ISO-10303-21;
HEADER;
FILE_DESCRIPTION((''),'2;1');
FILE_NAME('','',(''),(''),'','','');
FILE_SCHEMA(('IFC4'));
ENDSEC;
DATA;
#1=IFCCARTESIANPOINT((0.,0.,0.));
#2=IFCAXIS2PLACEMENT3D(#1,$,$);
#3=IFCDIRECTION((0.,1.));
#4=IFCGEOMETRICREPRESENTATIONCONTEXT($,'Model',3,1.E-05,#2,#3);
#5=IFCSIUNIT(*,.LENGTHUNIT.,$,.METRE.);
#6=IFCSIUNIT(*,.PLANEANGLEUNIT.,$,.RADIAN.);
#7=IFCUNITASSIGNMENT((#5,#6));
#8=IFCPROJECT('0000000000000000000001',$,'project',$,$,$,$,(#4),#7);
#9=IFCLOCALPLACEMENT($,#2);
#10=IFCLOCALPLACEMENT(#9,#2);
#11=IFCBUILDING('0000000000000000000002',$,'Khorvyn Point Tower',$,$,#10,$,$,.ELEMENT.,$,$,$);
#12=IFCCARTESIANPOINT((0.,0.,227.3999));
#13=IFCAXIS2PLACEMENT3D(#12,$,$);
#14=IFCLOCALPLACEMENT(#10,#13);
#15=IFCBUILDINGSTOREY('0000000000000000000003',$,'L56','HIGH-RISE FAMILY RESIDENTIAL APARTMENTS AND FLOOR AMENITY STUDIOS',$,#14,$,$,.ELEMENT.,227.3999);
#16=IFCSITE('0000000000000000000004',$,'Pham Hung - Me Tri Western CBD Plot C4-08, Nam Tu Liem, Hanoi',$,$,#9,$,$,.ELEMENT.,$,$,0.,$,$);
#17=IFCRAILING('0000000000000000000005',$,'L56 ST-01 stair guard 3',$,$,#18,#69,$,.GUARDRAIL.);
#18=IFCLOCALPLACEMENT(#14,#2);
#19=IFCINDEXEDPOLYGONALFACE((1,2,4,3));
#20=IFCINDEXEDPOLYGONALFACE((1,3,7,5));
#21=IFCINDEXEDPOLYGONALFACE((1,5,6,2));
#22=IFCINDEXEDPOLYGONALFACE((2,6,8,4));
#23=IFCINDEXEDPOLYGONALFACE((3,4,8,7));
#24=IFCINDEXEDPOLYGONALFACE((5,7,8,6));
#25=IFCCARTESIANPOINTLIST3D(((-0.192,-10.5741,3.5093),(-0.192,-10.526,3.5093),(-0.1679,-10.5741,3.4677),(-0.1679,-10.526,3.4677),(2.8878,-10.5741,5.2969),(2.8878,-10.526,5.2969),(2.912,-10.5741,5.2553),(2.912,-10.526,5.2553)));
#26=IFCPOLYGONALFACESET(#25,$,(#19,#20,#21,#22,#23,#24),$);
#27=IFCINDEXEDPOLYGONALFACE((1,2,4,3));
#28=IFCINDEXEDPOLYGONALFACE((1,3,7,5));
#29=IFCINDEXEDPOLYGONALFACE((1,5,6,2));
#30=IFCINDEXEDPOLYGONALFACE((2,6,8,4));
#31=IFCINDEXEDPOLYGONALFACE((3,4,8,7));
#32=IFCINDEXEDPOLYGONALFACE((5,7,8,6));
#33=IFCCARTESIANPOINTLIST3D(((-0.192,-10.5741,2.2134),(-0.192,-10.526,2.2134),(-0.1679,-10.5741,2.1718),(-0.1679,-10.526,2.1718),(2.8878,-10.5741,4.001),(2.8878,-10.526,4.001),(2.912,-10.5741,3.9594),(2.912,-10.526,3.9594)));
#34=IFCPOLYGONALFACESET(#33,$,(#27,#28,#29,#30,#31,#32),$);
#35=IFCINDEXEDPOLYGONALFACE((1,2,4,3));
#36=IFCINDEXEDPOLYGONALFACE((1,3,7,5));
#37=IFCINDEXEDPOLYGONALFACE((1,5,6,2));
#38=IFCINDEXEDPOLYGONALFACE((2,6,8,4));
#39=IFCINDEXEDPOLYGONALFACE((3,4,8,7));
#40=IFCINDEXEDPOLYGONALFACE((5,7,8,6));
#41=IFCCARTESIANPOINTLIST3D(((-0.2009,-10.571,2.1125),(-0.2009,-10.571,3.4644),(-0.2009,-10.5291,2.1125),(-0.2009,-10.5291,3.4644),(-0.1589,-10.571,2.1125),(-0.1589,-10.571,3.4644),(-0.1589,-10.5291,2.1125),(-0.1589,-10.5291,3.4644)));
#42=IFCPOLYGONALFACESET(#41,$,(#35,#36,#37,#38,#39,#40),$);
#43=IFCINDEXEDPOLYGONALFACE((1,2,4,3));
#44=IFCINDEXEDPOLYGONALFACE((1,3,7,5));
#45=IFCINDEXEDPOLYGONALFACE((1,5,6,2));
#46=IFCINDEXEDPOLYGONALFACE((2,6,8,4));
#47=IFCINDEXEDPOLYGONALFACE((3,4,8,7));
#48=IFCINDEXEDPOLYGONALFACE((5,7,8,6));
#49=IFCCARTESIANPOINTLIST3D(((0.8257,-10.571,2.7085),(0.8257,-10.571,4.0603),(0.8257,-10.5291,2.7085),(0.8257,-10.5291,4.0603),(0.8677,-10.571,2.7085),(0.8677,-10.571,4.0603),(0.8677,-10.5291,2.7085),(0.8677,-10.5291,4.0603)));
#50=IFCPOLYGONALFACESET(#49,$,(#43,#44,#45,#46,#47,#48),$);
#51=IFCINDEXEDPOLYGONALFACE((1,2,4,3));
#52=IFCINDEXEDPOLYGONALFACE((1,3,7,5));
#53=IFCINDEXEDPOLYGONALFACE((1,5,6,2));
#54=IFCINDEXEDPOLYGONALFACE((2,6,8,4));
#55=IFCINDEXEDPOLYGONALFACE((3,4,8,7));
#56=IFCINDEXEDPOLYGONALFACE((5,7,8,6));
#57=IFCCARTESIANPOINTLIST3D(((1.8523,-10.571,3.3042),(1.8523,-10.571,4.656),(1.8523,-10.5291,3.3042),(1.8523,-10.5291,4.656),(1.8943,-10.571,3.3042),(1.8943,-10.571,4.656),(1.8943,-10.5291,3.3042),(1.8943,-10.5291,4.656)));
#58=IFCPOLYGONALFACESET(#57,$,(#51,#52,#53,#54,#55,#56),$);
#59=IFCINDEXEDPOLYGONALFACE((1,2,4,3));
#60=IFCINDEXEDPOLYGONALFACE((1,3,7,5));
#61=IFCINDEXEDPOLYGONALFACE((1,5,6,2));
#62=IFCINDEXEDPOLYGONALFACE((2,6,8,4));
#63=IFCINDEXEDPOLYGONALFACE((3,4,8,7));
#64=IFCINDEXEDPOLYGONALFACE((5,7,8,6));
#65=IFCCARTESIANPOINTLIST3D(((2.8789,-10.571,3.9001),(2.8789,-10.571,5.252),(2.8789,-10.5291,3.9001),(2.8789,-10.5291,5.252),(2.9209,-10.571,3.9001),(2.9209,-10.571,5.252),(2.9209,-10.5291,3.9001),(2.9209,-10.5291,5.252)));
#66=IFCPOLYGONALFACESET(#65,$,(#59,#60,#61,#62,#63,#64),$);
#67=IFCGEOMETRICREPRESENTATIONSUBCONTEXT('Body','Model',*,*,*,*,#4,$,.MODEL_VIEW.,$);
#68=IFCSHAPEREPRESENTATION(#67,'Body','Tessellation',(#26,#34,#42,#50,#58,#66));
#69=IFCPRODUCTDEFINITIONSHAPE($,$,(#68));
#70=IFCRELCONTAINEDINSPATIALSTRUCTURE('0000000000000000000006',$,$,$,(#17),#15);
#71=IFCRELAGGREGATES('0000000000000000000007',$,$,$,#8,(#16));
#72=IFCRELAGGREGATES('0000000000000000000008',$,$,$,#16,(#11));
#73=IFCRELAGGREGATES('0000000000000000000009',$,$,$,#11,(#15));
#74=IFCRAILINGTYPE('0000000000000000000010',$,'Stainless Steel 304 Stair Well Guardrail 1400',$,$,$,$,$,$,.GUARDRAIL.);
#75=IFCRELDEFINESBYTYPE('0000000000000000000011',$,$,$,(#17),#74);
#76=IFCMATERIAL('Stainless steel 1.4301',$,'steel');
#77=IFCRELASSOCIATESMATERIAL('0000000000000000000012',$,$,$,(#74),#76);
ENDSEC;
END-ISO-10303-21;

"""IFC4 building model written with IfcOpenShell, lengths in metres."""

from ifc_helpers import new_model, si_unit, direction, frame, origin, origin_2d, place, context, subcontext, project, spatial, rectangle, extrude, material, type_object, element, save


model = new_model("IFC4")

# Units and contexts
model_context = context("Model", 3, precision=1e-05, world=origin(), true_north=direction((0.0, 1.0)))
body_context = subcontext(model_context, "Body", "Model", "MODEL_VIEW")
ifc_project = project(units=[si_unit("LENGTHUNIT", "METRE"), si_unit("PLANEANGLEUNIT", "RADIAN")], contexts=[model_context])

# Site, building, storey
site_placement = place(None, origin())
site = spatial("IfcSite", under=ifc_project, at=site_placement, Name="Pham Hung - Me Tri Western CBD Plot C4-08, Nam Tu Liem, Hanoi", CompositionType="ELEMENT", RefElevation=0.0)
building_placement = place(site_placement, origin())
building = spatial("IfcBuilding", under=site, at=building_placement, Name="Khorvyn Point Tower", CompositionType="ELEMENT")
storey_placement = place(building_placement, frame((0.0, 0.0, 227.3999)))
storey = spatial("IfcBuildingStorey", under=building, at=storey_placement, Name="L56", Description="HIGH-RISE FAMILY RESIDENTIAL APARTMENTS AND FLOOR AMENITY STUDIOS", CompositionType="ELEMENT", Elevation=227.3999)

# Shared definitions
ifc_material_1 = material(Name="Stainless steel 1.4301", Category="steel")

# Railing
railing_type_1 = type_object("IfcRailingType", Name="Stainless Steel 304 Stair Well Guardrail 1400", PredefinedType="GUARDRAIL", material=ifc_material_1)
railing_1_placement = place(storey_placement, frame((-0.1799, -10.55, 2.1125)))
element("IfcRailing", 1, at=railing_1_placement, inside=storey, type_object=railing_type_1, Name="L56 ST-01 stair guard 3", PredefinedType="GUARDRAIL", context=body_context, shape_type="SweptSolid", body=[
    extrude(rectangle(XDim=0.0481, YDim=0.0481, at=origin_2d()), frame((0.0, 0.0, 1.376), z_axis=(0.864873, 0.0, 0.50199), x_axis=(0.0, 1.0, 0.0)), (0.0, 0.0, 1.0), 3.561),
    extrude(rectangle(XDim=0.0481, YDim=0.0481, at=origin_2d()), frame((0.0, 0.0, 0.0801), z_axis=(0.864873, 0.0, 0.50199), x_axis=(0.0, 1.0, 0.0)), (0.0, 0.0, 1.0), 3.561),
    extrude(rectangle(XDim=0.042, YDim=0.042, at=origin_2d()), origin(), (0.0, 0.0, 1.0), 1.3518),
    extrude(rectangle(XDim=0.042, YDim=0.042, at=origin_2d()), frame((1.0266, 0.0, 0.5959)), (0.0, 0.0, 1.0), 1.3518),
    extrude(rectangle(XDim=0.042, YDim=0.042, at=origin_2d()), frame((2.0532, 0.0, 1.1917)), (0.0, 0.0, 1.0), 1.3518),
    extrude(rectangle(XDim=0.042, YDim=0.042, at=origin_2d()), frame((3.0798, 0.0, 1.7876)), (0.0, 0.0, 1.0), 1.3518),
])

save(model, "model.ifc")
